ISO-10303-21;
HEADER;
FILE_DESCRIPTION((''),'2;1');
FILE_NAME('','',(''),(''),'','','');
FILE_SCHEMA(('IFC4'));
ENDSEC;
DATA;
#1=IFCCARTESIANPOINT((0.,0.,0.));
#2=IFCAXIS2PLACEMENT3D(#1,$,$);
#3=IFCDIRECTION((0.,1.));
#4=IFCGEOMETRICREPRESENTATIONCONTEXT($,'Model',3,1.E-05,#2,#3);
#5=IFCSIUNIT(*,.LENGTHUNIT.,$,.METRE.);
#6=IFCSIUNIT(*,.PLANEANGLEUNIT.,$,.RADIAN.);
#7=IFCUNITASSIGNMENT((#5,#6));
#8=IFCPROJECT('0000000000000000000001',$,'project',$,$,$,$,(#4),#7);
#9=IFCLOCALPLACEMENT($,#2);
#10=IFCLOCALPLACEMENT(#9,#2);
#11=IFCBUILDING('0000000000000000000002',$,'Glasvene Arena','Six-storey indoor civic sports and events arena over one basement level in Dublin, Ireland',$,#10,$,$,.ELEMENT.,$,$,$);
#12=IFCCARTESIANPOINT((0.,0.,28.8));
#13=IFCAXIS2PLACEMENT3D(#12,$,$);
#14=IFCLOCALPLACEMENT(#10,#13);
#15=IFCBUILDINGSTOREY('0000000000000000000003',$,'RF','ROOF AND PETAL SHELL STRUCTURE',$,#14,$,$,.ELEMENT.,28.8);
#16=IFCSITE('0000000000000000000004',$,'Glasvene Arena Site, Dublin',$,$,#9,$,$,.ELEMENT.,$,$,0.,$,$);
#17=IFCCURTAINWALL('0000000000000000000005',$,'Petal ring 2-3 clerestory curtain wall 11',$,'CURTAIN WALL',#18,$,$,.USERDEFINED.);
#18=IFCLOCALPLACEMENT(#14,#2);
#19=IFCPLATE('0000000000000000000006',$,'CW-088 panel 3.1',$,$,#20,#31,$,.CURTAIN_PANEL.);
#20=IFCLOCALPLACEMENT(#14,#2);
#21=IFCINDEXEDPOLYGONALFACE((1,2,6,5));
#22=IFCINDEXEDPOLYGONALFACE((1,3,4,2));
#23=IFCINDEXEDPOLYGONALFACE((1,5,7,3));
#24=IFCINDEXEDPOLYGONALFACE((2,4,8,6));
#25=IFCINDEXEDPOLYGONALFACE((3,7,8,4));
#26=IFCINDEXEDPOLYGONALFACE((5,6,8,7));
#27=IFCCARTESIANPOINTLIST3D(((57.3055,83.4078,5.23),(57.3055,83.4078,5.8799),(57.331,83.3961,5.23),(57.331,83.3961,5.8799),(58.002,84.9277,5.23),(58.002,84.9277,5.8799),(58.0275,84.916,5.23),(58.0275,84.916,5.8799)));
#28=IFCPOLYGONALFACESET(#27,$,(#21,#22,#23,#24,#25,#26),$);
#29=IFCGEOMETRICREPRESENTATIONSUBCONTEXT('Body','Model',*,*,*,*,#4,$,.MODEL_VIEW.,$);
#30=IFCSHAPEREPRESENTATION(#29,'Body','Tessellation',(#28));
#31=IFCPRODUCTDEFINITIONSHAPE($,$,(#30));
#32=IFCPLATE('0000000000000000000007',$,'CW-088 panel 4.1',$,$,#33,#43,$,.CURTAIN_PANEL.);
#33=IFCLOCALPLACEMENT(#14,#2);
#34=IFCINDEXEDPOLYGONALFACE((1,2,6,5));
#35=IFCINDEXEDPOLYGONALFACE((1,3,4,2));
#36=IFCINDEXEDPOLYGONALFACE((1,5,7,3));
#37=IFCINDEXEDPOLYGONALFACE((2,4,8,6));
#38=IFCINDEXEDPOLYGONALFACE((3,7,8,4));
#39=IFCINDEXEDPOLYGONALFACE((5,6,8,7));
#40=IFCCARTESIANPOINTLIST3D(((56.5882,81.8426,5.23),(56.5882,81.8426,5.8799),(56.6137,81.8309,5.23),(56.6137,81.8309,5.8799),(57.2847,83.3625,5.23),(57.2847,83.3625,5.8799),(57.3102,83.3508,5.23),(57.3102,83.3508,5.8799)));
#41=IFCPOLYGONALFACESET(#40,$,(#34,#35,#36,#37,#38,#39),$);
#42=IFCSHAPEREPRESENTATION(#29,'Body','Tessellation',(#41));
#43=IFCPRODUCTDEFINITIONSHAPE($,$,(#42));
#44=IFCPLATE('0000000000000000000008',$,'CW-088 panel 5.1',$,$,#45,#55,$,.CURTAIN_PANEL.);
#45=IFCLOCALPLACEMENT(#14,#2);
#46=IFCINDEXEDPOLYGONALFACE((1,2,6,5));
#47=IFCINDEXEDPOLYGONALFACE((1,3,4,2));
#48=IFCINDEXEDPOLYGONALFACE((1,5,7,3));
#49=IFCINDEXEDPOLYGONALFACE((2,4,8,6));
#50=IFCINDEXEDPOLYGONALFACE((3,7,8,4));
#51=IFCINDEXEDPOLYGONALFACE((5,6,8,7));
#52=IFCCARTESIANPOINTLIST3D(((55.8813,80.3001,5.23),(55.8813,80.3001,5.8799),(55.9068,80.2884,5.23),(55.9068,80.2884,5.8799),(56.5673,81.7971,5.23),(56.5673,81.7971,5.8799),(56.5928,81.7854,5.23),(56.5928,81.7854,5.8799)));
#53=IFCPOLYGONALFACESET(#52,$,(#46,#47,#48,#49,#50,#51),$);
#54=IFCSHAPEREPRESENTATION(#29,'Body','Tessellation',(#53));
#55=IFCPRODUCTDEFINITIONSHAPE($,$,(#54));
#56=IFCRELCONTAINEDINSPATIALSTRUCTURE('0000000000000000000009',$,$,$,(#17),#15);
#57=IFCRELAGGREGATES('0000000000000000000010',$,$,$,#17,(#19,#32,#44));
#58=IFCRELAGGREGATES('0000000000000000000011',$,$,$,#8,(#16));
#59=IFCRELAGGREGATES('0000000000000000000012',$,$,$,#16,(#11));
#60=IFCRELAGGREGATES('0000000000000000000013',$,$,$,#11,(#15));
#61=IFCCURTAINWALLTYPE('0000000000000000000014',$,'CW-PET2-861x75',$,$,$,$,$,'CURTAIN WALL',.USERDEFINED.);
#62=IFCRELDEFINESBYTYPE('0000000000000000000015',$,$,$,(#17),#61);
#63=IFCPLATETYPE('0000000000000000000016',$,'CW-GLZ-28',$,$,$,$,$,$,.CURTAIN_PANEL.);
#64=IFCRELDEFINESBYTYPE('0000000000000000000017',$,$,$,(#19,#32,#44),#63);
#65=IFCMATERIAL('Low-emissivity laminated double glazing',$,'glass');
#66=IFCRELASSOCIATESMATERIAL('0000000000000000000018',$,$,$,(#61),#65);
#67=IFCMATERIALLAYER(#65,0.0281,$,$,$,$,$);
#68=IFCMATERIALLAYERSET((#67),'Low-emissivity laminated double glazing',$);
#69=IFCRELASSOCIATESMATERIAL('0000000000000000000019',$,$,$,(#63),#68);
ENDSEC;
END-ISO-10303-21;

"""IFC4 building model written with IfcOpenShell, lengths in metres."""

from ifc_helpers import new_model, si_unit, direction, frame, origin, origin_2d, place, context, subcontext, project, spatial, rectangle, extrude, material, layer, layer_set, type_object, element, aggregate, save


model = new_model("IFC4")

# Units and contexts
model_context = context("Model", 3, precision=1e-05, world=origin(), true_north=direction((0.0, 1.0)))
body_context = subcontext(model_context, "Body", "Model", "MODEL_VIEW")
ifc_project = project(units=[si_unit("LENGTHUNIT", "METRE"), si_unit("PLANEANGLEUNIT", "RADIAN")], contexts=[model_context])

# Site, building, storey
site_placement = place(None, origin())
site = spatial("IfcSite", under=ifc_project, at=site_placement, Name="Glasvene Arena Site, Dublin", CompositionType="ELEMENT", RefElevation=0.0)
building_placement = place(site_placement, origin())
building = spatial("IfcBuilding", under=site, at=building_placement, Name="Glasvene Arena", Description="Six-storey indoor civic sports and events arena over one basement level in Dublin, Ireland", CompositionType="ELEMENT")
storey_placement = place(building_placement, frame((0.0, 0.0, 28.8)))
storey = spatial("IfcBuildingStorey", under=building, at=storey_placement, Name="RF", Description="ROOF AND PETAL SHELL STRUCTURE", CompositionType="ELEMENT", Elevation=28.8)

# Curtain wall
ifc_material_1 = material(Name="Low-emissivity laminated double glazing", Category="glass")
curtain_wall_type_1 = type_object("IfcCurtainWallType", Name="CW-PET2-861x75", ElementType="CURTAIN WALL", PredefinedType="USERDEFINED", material=ifc_material_1)
curtain_wall_1_placement = place(storey_placement, frame((59.4597, 88.075, 0.0)))
curtain_wall_1 = element("IfcCurtainWall", 1, at=curtain_wall_1_placement, inside=storey, type_object=curtain_wall_type_1, Name="Petal ring 2-3 clerestory curtain wall 11", ObjectType="CURTAIN WALL", PredefinedType="USERDEFINED")

# Plates
ifc_layer = layer(ifc_material_1, 0.0281)
ifc_layer_set = layer_set([ifc_layer], Name="Low-emissivity laminated double glazing")
plate_type = type_object("IfcPlateType", Name="CW-GLZ-28", PredefinedType="CURTAIN_PANEL", material=ifc_layer_set)
plate_1_placement = place(storey_placement, frame((57.6665, 84.1619, 5.23), z_axis=(0.0, 0.0, 1.0), x_axis=(-0.416592, -0.909094, 0.0)))
plate_1 = element("IfcPlate", 2, at=plate_1_placement, type_object=plate_type, Name="CW-088 panel 3.1", PredefinedType="CURTAIN_PANEL", context=body_context, shape_type="SweptSolid", body=[
    extrude(rectangle(XDim=1.6719, YDim=0.0281, at=origin_2d()), origin(), (0.0, 0.0, 1.0), 0.6499),
])
plate_2_placement = place(storey_placement, frame((56.9492, 82.5967, 5.23), z_axis=(0.0, 0.0, 1.0), x_axis=(-0.416592, -0.909094, 0.0)))
plate_2 = element("IfcPlate", 3, at=plate_2_placement, type_object=plate_type, Name="CW-088 panel 4.1", PredefinedType="CURTAIN_PANEL", context=body_context, shape_type="SweptSolid", body=[
    extrude(rectangle(XDim=1.6719, YDim=0.0281, at=origin_2d()), origin(), (0.0, 0.0, 1.0), 0.6499),
])
plate_3_placement = place(storey_placement, frame((56.2371, 81.0427, 5.23), z_axis=(0.0, 0.0, 1.0), x_axis=(-0.416592, -0.909094, 0.0)))
plate_3 = element("IfcPlate", 4, at=plate_3_placement, type_object=plate_type, Name="CW-088 panel 5.1", PredefinedType="CURTAIN_PANEL", context=body_context, shape_type="SweptSolid", body=[
    extrude(rectangle(XDim=1.6467, YDim=0.0281, at=origin_2d()), origin(), (0.0, 0.0, 1.0), 0.6499),
])
aggregate(curtain_wall_1, [plate_1, plate_2, plate_3])

save(model, "model.ifc")
